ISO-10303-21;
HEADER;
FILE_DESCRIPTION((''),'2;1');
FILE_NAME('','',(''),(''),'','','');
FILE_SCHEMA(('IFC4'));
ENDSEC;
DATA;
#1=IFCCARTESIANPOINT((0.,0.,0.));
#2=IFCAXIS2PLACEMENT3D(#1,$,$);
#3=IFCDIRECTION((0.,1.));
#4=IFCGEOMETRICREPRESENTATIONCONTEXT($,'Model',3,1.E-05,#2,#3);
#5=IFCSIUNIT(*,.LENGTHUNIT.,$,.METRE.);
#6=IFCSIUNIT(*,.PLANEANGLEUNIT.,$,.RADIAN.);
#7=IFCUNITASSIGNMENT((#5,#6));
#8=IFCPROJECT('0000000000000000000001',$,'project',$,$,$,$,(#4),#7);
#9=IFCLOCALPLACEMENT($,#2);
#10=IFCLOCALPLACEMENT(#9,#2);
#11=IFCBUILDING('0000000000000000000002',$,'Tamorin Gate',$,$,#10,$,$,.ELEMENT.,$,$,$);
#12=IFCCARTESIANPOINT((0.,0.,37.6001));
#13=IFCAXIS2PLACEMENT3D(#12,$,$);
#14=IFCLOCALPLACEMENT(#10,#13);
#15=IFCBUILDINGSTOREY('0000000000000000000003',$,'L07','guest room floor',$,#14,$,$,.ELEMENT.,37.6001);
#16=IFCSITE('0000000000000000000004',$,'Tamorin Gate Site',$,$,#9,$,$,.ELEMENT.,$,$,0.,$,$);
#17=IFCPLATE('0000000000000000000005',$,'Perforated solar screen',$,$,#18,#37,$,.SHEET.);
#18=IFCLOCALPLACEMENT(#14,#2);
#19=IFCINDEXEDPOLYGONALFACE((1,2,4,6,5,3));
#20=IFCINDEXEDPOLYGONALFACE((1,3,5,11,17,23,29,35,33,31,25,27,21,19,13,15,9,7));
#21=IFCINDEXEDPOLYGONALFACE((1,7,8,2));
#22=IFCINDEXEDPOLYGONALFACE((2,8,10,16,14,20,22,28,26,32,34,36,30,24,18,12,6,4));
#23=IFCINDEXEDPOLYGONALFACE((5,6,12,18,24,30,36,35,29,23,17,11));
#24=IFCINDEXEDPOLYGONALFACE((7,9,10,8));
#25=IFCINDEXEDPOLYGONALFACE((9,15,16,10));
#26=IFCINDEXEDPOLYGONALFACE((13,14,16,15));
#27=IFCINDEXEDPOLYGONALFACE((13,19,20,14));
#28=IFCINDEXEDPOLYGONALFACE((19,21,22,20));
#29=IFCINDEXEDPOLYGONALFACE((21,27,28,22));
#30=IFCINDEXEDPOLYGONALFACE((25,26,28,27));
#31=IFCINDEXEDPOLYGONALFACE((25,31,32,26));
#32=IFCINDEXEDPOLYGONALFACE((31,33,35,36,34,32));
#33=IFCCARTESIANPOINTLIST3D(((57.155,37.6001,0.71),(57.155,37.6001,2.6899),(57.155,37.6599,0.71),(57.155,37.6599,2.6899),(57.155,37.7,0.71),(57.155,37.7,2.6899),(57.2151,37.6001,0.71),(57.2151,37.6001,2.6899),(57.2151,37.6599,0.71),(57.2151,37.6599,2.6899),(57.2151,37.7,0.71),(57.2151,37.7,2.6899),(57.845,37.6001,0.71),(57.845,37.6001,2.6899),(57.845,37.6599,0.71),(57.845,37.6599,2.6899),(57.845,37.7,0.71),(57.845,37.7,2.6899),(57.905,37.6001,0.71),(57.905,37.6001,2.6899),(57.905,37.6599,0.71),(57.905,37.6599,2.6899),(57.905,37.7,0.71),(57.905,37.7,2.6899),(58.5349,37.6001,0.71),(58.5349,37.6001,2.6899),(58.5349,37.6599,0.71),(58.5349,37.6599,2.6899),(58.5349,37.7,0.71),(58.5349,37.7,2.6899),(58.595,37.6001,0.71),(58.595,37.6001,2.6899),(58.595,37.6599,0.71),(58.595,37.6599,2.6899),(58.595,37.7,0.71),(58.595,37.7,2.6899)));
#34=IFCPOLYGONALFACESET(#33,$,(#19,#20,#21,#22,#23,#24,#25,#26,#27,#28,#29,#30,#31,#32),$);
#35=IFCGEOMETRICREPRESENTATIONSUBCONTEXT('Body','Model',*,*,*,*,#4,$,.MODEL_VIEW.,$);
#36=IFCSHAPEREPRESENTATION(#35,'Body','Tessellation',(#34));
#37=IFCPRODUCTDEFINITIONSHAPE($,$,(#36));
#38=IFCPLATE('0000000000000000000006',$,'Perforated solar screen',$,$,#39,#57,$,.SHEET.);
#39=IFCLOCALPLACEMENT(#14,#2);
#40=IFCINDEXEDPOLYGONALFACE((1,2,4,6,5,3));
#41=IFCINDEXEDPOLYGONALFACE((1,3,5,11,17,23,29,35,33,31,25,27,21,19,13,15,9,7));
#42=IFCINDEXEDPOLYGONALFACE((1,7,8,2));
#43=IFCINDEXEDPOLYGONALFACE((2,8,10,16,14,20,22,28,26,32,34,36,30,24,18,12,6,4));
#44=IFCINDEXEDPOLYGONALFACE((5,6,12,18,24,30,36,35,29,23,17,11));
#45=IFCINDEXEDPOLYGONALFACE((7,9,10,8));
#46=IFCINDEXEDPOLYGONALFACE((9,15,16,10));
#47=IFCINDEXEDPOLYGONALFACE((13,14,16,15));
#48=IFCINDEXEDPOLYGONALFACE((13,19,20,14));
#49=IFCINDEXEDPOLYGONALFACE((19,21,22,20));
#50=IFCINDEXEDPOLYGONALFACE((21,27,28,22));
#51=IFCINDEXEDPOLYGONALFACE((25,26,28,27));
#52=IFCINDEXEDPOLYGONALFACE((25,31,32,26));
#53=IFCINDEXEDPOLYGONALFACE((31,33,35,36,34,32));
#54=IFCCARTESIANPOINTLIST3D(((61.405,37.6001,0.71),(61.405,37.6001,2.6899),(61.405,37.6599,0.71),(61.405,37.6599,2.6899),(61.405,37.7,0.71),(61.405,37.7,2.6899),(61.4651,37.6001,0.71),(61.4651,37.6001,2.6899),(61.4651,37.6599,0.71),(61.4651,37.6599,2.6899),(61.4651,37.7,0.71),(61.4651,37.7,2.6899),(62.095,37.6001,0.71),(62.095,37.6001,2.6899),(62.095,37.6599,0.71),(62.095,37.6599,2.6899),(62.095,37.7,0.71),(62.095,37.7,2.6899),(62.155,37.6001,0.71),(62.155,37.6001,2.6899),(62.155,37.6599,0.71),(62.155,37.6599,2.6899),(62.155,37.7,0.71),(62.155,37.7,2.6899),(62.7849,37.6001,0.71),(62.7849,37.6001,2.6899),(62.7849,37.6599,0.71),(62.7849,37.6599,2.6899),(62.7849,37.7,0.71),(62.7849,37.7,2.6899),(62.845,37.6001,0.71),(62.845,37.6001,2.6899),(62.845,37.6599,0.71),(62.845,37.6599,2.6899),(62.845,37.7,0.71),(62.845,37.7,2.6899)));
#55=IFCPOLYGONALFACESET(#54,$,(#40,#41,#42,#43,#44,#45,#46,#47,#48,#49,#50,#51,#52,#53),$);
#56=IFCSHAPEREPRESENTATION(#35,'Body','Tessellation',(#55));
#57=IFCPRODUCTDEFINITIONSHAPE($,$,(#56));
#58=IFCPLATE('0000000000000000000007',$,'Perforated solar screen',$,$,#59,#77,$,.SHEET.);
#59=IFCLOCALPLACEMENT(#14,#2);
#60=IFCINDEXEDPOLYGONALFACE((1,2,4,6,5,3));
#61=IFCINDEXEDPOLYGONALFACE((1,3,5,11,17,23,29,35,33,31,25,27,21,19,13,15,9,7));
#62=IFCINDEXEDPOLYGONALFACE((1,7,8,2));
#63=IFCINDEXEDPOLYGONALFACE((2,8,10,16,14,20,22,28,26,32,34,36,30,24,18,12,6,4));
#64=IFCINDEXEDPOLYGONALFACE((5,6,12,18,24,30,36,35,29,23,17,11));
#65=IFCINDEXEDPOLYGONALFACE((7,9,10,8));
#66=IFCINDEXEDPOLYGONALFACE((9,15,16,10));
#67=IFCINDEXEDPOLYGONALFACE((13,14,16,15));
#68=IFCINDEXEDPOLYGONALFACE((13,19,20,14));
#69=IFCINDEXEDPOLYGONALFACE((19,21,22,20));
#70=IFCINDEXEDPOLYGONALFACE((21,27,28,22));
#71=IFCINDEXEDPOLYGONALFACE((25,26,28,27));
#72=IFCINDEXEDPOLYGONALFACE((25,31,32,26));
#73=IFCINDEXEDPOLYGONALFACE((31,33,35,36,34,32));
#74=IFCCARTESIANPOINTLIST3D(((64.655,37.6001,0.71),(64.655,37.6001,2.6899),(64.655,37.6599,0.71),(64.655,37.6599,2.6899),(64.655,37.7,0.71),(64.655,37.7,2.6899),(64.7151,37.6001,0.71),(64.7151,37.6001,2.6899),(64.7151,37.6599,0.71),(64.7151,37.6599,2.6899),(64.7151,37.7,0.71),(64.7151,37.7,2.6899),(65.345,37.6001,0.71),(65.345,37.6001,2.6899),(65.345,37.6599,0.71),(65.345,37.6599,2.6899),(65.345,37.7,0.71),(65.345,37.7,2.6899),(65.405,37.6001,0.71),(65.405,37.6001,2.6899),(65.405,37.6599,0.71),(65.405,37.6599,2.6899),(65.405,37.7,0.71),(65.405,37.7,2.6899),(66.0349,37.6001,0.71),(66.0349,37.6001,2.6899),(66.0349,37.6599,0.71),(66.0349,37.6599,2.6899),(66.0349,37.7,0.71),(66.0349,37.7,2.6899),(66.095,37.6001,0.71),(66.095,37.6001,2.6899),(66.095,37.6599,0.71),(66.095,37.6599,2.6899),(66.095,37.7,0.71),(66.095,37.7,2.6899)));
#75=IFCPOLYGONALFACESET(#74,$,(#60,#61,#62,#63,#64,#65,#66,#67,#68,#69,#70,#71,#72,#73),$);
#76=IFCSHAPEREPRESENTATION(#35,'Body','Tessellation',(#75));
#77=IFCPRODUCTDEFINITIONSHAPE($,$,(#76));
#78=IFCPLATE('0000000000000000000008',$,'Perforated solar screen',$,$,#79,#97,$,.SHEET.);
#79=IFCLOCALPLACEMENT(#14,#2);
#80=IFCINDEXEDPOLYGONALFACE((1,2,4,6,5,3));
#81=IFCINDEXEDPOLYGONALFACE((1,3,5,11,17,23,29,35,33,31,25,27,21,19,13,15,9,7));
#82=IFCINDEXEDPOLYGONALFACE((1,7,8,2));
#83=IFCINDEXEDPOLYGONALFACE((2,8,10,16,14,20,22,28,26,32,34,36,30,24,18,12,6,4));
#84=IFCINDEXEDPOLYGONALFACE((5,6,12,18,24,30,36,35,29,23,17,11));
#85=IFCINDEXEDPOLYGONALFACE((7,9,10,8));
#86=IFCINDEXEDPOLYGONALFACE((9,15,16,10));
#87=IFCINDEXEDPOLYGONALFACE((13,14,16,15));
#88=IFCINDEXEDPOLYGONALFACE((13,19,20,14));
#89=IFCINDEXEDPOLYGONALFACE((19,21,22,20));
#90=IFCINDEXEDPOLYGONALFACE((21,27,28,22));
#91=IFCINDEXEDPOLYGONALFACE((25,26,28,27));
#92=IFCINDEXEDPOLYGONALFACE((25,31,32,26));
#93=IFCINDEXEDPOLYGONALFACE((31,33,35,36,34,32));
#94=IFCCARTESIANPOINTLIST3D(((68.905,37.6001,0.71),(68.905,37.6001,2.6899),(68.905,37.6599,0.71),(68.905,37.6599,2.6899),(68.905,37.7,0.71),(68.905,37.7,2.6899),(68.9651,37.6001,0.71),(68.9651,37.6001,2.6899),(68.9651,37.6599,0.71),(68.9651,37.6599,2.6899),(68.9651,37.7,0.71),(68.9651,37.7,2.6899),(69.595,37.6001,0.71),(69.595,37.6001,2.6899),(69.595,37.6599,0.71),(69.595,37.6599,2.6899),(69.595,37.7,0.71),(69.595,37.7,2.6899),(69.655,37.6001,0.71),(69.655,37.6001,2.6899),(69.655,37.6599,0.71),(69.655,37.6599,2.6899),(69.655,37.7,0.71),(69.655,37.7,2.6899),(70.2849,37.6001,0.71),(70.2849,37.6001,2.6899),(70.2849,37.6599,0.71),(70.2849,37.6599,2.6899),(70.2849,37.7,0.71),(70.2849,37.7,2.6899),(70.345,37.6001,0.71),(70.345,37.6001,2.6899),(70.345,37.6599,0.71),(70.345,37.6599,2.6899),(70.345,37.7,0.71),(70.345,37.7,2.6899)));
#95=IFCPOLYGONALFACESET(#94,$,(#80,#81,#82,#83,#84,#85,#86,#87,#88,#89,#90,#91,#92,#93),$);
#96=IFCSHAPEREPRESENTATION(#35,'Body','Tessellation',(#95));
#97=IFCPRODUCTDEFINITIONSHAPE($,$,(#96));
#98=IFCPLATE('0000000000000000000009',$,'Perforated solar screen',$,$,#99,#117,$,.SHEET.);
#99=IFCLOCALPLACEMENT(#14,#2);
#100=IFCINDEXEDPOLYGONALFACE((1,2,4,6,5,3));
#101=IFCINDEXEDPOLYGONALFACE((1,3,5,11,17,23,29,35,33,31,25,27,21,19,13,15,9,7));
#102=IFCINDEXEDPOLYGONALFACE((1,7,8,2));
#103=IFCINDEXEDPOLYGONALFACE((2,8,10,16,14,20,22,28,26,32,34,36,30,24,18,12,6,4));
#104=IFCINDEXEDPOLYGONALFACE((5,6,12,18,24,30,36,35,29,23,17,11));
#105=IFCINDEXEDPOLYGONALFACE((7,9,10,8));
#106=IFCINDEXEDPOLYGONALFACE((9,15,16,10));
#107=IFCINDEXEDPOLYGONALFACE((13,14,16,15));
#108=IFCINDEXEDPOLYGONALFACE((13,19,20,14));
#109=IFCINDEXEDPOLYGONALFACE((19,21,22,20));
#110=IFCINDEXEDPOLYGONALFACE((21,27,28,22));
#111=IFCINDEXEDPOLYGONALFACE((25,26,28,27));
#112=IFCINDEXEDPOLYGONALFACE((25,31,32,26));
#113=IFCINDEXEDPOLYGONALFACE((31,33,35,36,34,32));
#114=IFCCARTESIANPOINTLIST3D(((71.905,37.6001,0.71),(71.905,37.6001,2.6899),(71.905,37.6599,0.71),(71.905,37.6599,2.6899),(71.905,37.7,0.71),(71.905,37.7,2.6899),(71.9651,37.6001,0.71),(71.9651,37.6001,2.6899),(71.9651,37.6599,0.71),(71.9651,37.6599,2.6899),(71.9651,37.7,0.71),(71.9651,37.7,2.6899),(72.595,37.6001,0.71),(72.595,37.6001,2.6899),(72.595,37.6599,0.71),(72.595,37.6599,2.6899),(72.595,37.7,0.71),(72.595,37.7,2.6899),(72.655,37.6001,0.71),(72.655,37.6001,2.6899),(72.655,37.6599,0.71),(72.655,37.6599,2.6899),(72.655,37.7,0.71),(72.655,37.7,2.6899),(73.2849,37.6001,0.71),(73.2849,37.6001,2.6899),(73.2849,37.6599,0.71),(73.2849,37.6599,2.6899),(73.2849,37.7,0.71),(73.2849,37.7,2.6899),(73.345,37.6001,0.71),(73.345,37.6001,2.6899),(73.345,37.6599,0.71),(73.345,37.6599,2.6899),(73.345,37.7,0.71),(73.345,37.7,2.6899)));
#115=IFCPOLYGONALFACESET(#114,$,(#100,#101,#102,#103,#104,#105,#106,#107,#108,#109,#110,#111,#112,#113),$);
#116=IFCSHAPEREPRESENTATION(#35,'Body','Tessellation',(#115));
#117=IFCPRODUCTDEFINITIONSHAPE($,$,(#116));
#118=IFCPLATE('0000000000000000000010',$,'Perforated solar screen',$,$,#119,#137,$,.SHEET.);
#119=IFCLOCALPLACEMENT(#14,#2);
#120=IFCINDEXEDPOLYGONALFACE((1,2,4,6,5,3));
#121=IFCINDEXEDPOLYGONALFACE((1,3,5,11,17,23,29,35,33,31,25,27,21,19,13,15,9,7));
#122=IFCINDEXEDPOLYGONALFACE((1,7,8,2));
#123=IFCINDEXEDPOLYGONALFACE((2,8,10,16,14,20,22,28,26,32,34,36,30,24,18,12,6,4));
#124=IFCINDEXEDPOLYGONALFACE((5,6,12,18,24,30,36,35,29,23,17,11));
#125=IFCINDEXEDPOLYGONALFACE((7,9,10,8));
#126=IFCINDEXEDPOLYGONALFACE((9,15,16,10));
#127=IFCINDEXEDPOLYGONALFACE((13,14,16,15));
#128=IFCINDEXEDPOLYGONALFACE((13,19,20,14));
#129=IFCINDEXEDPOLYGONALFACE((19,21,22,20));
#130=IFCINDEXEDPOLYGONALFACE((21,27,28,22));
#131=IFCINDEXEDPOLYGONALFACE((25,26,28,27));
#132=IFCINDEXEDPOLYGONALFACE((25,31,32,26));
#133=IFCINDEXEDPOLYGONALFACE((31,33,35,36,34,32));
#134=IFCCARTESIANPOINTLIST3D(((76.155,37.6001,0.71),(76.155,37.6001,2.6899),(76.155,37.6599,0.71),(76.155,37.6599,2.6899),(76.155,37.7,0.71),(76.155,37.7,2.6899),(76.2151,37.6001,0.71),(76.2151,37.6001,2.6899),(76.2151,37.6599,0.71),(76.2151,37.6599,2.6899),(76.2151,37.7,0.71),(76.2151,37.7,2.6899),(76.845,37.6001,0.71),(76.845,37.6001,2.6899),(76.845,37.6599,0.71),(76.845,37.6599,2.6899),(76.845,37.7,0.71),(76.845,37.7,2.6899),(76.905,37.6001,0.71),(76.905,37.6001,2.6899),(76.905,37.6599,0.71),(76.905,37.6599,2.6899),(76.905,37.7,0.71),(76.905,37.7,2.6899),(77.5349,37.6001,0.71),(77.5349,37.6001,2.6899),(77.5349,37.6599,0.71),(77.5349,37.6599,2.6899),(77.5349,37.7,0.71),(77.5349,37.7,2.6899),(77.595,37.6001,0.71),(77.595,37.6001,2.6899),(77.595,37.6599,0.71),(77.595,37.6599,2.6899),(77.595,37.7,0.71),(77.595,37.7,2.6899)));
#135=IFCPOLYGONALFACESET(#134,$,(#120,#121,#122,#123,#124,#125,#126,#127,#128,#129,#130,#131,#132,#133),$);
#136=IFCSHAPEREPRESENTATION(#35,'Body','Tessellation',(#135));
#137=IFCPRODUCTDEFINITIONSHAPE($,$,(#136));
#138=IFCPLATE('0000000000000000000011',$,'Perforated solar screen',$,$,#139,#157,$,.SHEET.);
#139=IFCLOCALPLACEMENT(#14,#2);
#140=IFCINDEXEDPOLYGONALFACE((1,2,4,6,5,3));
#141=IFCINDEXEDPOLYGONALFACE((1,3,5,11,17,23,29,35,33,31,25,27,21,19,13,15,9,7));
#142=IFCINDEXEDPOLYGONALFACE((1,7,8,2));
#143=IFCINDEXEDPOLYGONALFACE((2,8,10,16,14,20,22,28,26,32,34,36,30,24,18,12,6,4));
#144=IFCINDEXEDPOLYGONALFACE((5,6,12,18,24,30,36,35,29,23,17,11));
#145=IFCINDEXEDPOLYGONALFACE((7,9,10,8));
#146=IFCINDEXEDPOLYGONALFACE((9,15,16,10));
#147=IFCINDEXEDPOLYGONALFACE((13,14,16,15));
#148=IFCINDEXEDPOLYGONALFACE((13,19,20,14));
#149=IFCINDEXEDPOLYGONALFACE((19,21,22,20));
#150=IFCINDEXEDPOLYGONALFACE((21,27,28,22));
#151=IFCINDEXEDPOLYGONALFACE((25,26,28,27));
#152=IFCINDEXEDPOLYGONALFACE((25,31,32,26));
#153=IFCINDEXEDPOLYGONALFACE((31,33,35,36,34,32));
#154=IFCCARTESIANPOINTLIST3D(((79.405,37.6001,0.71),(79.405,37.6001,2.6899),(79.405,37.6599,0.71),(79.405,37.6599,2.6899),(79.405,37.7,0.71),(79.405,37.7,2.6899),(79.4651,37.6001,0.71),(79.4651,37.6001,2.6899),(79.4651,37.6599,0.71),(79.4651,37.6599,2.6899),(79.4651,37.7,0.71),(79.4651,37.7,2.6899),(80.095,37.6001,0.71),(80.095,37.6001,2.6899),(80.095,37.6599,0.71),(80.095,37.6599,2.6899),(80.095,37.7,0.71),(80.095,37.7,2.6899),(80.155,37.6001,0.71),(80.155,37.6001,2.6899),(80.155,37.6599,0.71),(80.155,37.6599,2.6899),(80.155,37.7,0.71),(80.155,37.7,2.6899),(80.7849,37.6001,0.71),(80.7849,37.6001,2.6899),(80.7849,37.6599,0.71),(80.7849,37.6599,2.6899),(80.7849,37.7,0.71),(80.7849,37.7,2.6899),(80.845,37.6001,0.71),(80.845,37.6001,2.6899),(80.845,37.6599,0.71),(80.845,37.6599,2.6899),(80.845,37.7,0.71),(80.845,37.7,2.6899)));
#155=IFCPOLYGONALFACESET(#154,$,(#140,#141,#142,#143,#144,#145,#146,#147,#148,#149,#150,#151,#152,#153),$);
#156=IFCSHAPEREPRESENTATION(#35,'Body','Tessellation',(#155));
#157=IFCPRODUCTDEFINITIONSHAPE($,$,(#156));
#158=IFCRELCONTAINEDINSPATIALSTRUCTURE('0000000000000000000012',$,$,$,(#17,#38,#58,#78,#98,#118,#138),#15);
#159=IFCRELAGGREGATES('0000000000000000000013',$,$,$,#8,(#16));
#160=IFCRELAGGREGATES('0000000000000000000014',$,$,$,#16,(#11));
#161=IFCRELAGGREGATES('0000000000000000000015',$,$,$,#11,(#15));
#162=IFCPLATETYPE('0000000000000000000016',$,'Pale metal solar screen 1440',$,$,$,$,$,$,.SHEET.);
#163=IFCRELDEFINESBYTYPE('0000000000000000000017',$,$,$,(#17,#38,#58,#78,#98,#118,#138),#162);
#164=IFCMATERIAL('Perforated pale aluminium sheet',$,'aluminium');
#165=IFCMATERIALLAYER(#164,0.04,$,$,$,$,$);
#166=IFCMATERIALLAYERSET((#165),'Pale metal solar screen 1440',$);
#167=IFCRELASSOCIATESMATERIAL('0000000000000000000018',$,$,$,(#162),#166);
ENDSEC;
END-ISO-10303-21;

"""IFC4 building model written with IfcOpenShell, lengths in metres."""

from ifc_helpers import new_model, si_unit, direction, frame, origin, place, context, subcontext, project, spatial, polyline, outline, extrude, material, layer, layer_set, type_object, element, save


model = new_model("IFC4")

# Units and contexts
model_context = context("Model", 3, precision=1e-05, world=origin(), true_north=direction((0.0, 1.0)))
body_context = subcontext(model_context, "Body", "Model", "MODEL_VIEW")
ifc_project = project(units=[si_unit("LENGTHUNIT", "METRE"), si_unit("PLANEANGLEUNIT", "RADIAN")], contexts=[model_context])

# Site, building, storey
site_placement = place(None, origin())
site = spatial("IfcSite", under=ifc_project, at=site_placement, Name="Tamorin Gate Site", CompositionType="ELEMENT", RefElevation=0.0)
building_placement = place(site_placement, origin())
building = spatial("IfcBuilding", under=site, at=building_placement, Name="Tamorin Gate", CompositionType="ELEMENT")
storey_placement = place(building_placement, frame((0.0, 0.0, 37.6001)))
storey = spatial("IfcBuildingStorey", under=building, at=storey_placement, Name="L07", Description="guest room floor", CompositionType="ELEMENT", Elevation=37.6001)

# Plates
ifc_material_1 = material(Name="Perforated pale aluminium sheet", Category="aluminium")
ifc_layer_1 = layer(ifc_material_1, 0.04)
ifc_layer_set_1 = layer_set([ifc_layer_1], Name="Pale metal solar screen 1440")
plate_type = type_object("IfcPlateType", Name="Pale metal solar screen 1440", PredefinedType="SHEET", material=ifc_layer_set_1)
plate_1_placement = place(storey_placement, frame((0.0, 0.0, 0.71)))
element("IfcPlate", 1, at=plate_1_placement, inside=storey, type_object=plate_type, Name="Perforated solar screen", PredefinedType="SHEET", context=body_context, shape_type="SweptSolid", body=[
    extrude(outline(polyline([(57.155, 37.6599), (57.155, 37.7), (57.2151, 37.7), (57.845, 37.7), (57.905, 37.7), (58.5349, 37.7), (58.595, 37.7), (58.595, 37.6599), (58.595, 37.6001), (58.5349, 37.6001), (58.5349, 37.6599), (57.905, 37.6599), (57.905, 37.6001), (57.845, 37.6001), (57.845, 37.6599), (57.2151, 37.6599), (57.2151, 37.6001), (57.155, 37.6001), (57.155, 37.6599)])), origin(), (0.0, 0.0, 1.0), 1.98),
])
plate_2_placement = place(storey_placement, frame((0.0, 0.0, 0.71)))
element("IfcPlate", 2, at=plate_2_placement, inside=storey, type_object=plate_type, Name="Perforated solar screen", PredefinedType="SHEET", context=body_context, shape_type="SweptSolid", body=[
    extrude(outline(polyline([(61.405, 37.6599), (61.405, 37.7), (61.4651, 37.7), (62.095, 37.7), (62.155, 37.7), (62.7849, 37.7), (62.845, 37.7), (62.845, 37.6599), (62.845, 37.6001), (62.7849, 37.6001), (62.7849, 37.6599), (62.155, 37.6599), (62.155, 37.6001), (62.095, 37.6001), (62.095, 37.6599), (61.4651, 37.6599), (61.4651, 37.6001), (61.405, 37.6001), (61.405, 37.6599)])), origin(), (0.0, 0.0, 1.0), 1.98),
])
plate_3_placement = place(storey_placement, frame((0.0, 0.0, 0.71)))
element("IfcPlate", 3, at=plate_3_placement, inside=storey, type_object=plate_type, Name="Perforated solar screen", PredefinedType="SHEET", context=body_context, shape_type="SweptSolid", body=[
    extrude(outline(polyline([(64.655, 37.6599), (64.655, 37.7), (64.7151, 37.7), (65.345, 37.7), (65.405, 37.7), (66.0349, 37.7), (66.095, 37.7), (66.095, 37.6599), (66.095, 37.6001), (66.0349, 37.6001), (66.0349, 37.6599), (65.405, 37.6599), (65.405, 37.6001), (65.345, 37.6001), (65.345, 37.6599), (64.7151, 37.6599), (64.7151, 37.6001), (64.655, 37.6001), (64.655, 37.6599)])), origin(), (0.0, 0.0, 1.0), 1.98),
])
plate_4_placement = place(storey_placement, frame((0.0, 0.0, 0.71)))
element("IfcPlate", 4, at=plate_4_placement, inside=storey, type_object=plate_type, Name="Perforated solar screen", PredefinedType="SHEET", context=body_context, shape_type="SweptSolid", body=[
    extrude(outline(polyline([(68.905, 37.6599), (68.905, 37.7), (68.9651, 37.7), (69.595, 37.7), (69.655, 37.7), (70.2849, 37.7), (70.345, 37.7), (70.345, 37.6599), (70.345, 37.6001), (70.2849, 37.6001), (70.2849, 37.6599), (69.655, 37.6599), (69.655, 37.6001), (69.595, 37.6001), (69.595, 37.6599), (68.9651, 37.6599), (68.9651, 37.6001), (68.905, 37.6001), (68.905, 37.6599)])), origin(), (0.0, 0.0, 1.0), 1.98),
])
plate_5_placement = place(storey_placement, frame((0.0, 0.0, 0.71)))
element("IfcPlate", 5, at=plate_5_placement, inside=storey, type_object=plate_type, Name="Perforated solar screen", PredefinedType="SHEET", context=body_context, shape_type="SweptSolid", body=[
    extrude(outline(polyline([(71.905, 37.6599), (71.905, 37.7), (71.9651, 37.7), (72.595, 37.7), (72.655, 37.7), (73.2849, 37.7), (73.345, 37.7), (73.345, 37.6599), (73.345, 37.6001), (73.2849, 37.6001), (73.2849, 37.6599), (72.655, 37.6599), (72.655, 37.6001), (72.595, 37.6001), (72.595, 37.6599), (71.9651, 37.6599), (71.9651, 37.6001), (71.905, 37.6001), (71.905, 37.6599)])), origin(), (0.0, 0.0, 1.0), 1.98),
])
plate_6_placement = place(storey_placement, frame((0.0, 0.0, 0.71)))
element("IfcPlate", 6, at=plate_6_placement, inside=storey, type_object=plate_type, Name="Perforated solar screen", PredefinedType="SHEET", context=body_context, shape_type="SweptSolid", body=[
    extrude(outline(polyline([(76.155, 37.6599), (76.155, 37.7), (76.2151, 37.7), (76.845, 37.7), (76.905, 37.7), (77.5349, 37.7), (77.595, 37.7), (77.595, 37.6599), (77.595, 37.6001), (77.5349, 37.6001), (77.5349, 37.6599), (76.905, 37.6599), (76.905, 37.6001), (76.845, 37.6001), (76.845, 37.6599), (76.2151, 37.6599), (76.2151, 37.6001), (76.155, 37.6001), (76.155, 37.6599)])), origin(), (0.0, 0.0, 1.0), 1.98),
])
plate_7_placement = place(storey_placement, frame((0.0, 0.0, 0.71)))
element("IfcPlate", 7, at=plate_7_placement, inside=storey, type_object=plate_type, Name="Perforated solar screen", PredefinedType="SHEET", context=body_context, shape_type="SweptSolid", body=[
    extrude(outline(polyline([(79.405, 37.6599), (79.405, 37.7), (79.4651, 37.7), (80.095, 37.7), (80.155, 37.7), (80.7849, 37.7), (80.845, 37.7), (80.845, 37.6599), (80.845, 37.6001), (80.7849, 37.6001), (80.7849, 37.6599), (80.155, 37.6599), (80.155, 37.6001), (80.095, 37.6001), (80.095, 37.6599), (79.4651, 37.6599), (79.4651, 37.6001), (79.405, 37.6001), (79.405, 37.6599)])), origin(), (0.0, 0.0, 1.0), 1.98),
])

save(model, "model.ifc")
